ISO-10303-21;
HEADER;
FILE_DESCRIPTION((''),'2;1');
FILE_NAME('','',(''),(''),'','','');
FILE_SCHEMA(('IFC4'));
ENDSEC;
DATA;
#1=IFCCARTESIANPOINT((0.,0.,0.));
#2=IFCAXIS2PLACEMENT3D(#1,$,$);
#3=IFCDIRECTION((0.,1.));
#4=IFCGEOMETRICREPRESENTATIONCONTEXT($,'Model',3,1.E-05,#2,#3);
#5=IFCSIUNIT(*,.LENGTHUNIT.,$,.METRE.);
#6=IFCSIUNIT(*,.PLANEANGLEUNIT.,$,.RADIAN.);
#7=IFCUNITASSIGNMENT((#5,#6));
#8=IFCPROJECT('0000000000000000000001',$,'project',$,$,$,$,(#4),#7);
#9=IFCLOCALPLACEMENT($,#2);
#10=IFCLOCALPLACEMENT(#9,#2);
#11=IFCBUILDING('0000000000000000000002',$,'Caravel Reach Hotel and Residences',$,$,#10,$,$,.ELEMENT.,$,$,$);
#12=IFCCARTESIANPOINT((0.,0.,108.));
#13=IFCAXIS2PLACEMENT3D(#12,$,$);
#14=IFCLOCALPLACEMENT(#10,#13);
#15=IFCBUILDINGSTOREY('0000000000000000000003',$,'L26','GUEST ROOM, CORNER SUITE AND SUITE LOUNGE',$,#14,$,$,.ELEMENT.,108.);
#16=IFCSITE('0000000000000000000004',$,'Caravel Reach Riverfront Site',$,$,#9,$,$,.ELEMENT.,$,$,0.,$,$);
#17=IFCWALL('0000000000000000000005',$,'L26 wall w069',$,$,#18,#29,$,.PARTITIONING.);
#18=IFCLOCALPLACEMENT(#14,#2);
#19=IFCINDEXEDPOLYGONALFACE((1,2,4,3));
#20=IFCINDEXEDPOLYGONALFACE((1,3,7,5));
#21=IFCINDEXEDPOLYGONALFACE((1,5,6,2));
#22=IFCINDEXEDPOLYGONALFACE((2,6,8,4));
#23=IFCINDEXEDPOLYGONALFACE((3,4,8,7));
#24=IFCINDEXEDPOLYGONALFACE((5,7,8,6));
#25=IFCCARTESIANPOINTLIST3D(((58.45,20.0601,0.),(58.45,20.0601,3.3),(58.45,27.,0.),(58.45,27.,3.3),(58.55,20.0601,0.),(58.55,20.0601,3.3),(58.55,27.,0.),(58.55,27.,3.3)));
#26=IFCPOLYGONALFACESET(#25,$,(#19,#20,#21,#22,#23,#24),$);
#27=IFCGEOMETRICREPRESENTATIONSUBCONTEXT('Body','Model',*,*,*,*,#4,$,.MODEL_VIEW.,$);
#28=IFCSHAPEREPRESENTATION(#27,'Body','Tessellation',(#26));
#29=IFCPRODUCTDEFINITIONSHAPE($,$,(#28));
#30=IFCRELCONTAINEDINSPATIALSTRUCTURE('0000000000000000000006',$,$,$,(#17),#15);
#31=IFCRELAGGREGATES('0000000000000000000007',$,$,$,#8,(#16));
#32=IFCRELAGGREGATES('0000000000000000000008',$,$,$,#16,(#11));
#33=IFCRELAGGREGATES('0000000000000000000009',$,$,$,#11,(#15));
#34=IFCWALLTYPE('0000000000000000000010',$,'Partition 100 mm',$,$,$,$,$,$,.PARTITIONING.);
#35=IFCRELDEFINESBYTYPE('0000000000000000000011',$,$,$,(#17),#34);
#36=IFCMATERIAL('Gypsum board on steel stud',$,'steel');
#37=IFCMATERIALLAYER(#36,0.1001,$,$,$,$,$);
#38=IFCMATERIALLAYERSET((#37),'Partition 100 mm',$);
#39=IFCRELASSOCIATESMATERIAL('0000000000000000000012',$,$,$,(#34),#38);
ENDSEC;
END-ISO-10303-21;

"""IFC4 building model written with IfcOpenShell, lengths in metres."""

from ifc_helpers import new_model, si_unit, direction, frame, frame_2d, origin, place, context, subcontext, project, spatial, rectangle, extrude, material, layer, layer_set, type_object, element, save


model = new_model("IFC4")

# Units and contexts
model_context = context("Model", 3, precision=1e-05, world=origin(), true_north=direction((0.0, 1.0)))
body_context = subcontext(model_context, "Body", "Model", "MODEL_VIEW")
ifc_project = project(units=[si_unit("LENGTHUNIT", "METRE"), si_unit("PLANEANGLEUNIT", "RADIAN")], contexts=[model_context])

# Site, building, storey
site_placement = place(None, origin())
site = spatial("IfcSite", under=ifc_project, at=site_placement, Name="Caravel Reach Riverfront Site", CompositionType="ELEMENT", RefElevation=0.0)
building_placement = place(site_placement, origin())
building = spatial("IfcBuilding", under=site, at=building_placement, Name="Caravel Reach Hotel and Residences", CompositionType="ELEMENT")
storey_placement = place(building_placement, frame((0.0, 0.0, 108.0)))
storey = spatial("IfcBuildingStorey", under=building, at=storey_placement, Name="L26", Description="GUEST ROOM, CORNER SUITE AND SUITE LOUNGE", CompositionType="ELEMENT", Elevation=108.0)

# Shared definitions
ifc_material_1 = material(Name="Gypsum board on steel stud", Category="steel")
ifc_layer_1 = layer(ifc_material_1, 0.1001)
ifc_layer_set_1 = layer_set([ifc_layer_1], Name="Partition 100 mm")
wall_type_1 = type_object("IfcWallType", Name="Partition 100 mm", PredefinedType="PARTITIONING", material=ifc_layer_set_1)

# Wall
wall_1_placement = place(storey_placement, frame((58.5, 20.0601, 0.0), z_axis=(0.0, 0.0, 1.0), x_axis=(0.0, 1.0, 0.0)))
element("IfcWall", 1, at=wall_1_placement, inside=storey, type_object=wall_type_1, Name="L26 wall w069", PredefinedType="PARTITIONING", context=body_context, shape_type="SweptSolid", body=[
    extrude(rectangle(XDim=6.9399, YDim=0.1001, at=frame_2d((3.47, 0.0))), origin(), (0.0, 0.0, 1.0), 3.3),
])

save(model, "model.ifc")
